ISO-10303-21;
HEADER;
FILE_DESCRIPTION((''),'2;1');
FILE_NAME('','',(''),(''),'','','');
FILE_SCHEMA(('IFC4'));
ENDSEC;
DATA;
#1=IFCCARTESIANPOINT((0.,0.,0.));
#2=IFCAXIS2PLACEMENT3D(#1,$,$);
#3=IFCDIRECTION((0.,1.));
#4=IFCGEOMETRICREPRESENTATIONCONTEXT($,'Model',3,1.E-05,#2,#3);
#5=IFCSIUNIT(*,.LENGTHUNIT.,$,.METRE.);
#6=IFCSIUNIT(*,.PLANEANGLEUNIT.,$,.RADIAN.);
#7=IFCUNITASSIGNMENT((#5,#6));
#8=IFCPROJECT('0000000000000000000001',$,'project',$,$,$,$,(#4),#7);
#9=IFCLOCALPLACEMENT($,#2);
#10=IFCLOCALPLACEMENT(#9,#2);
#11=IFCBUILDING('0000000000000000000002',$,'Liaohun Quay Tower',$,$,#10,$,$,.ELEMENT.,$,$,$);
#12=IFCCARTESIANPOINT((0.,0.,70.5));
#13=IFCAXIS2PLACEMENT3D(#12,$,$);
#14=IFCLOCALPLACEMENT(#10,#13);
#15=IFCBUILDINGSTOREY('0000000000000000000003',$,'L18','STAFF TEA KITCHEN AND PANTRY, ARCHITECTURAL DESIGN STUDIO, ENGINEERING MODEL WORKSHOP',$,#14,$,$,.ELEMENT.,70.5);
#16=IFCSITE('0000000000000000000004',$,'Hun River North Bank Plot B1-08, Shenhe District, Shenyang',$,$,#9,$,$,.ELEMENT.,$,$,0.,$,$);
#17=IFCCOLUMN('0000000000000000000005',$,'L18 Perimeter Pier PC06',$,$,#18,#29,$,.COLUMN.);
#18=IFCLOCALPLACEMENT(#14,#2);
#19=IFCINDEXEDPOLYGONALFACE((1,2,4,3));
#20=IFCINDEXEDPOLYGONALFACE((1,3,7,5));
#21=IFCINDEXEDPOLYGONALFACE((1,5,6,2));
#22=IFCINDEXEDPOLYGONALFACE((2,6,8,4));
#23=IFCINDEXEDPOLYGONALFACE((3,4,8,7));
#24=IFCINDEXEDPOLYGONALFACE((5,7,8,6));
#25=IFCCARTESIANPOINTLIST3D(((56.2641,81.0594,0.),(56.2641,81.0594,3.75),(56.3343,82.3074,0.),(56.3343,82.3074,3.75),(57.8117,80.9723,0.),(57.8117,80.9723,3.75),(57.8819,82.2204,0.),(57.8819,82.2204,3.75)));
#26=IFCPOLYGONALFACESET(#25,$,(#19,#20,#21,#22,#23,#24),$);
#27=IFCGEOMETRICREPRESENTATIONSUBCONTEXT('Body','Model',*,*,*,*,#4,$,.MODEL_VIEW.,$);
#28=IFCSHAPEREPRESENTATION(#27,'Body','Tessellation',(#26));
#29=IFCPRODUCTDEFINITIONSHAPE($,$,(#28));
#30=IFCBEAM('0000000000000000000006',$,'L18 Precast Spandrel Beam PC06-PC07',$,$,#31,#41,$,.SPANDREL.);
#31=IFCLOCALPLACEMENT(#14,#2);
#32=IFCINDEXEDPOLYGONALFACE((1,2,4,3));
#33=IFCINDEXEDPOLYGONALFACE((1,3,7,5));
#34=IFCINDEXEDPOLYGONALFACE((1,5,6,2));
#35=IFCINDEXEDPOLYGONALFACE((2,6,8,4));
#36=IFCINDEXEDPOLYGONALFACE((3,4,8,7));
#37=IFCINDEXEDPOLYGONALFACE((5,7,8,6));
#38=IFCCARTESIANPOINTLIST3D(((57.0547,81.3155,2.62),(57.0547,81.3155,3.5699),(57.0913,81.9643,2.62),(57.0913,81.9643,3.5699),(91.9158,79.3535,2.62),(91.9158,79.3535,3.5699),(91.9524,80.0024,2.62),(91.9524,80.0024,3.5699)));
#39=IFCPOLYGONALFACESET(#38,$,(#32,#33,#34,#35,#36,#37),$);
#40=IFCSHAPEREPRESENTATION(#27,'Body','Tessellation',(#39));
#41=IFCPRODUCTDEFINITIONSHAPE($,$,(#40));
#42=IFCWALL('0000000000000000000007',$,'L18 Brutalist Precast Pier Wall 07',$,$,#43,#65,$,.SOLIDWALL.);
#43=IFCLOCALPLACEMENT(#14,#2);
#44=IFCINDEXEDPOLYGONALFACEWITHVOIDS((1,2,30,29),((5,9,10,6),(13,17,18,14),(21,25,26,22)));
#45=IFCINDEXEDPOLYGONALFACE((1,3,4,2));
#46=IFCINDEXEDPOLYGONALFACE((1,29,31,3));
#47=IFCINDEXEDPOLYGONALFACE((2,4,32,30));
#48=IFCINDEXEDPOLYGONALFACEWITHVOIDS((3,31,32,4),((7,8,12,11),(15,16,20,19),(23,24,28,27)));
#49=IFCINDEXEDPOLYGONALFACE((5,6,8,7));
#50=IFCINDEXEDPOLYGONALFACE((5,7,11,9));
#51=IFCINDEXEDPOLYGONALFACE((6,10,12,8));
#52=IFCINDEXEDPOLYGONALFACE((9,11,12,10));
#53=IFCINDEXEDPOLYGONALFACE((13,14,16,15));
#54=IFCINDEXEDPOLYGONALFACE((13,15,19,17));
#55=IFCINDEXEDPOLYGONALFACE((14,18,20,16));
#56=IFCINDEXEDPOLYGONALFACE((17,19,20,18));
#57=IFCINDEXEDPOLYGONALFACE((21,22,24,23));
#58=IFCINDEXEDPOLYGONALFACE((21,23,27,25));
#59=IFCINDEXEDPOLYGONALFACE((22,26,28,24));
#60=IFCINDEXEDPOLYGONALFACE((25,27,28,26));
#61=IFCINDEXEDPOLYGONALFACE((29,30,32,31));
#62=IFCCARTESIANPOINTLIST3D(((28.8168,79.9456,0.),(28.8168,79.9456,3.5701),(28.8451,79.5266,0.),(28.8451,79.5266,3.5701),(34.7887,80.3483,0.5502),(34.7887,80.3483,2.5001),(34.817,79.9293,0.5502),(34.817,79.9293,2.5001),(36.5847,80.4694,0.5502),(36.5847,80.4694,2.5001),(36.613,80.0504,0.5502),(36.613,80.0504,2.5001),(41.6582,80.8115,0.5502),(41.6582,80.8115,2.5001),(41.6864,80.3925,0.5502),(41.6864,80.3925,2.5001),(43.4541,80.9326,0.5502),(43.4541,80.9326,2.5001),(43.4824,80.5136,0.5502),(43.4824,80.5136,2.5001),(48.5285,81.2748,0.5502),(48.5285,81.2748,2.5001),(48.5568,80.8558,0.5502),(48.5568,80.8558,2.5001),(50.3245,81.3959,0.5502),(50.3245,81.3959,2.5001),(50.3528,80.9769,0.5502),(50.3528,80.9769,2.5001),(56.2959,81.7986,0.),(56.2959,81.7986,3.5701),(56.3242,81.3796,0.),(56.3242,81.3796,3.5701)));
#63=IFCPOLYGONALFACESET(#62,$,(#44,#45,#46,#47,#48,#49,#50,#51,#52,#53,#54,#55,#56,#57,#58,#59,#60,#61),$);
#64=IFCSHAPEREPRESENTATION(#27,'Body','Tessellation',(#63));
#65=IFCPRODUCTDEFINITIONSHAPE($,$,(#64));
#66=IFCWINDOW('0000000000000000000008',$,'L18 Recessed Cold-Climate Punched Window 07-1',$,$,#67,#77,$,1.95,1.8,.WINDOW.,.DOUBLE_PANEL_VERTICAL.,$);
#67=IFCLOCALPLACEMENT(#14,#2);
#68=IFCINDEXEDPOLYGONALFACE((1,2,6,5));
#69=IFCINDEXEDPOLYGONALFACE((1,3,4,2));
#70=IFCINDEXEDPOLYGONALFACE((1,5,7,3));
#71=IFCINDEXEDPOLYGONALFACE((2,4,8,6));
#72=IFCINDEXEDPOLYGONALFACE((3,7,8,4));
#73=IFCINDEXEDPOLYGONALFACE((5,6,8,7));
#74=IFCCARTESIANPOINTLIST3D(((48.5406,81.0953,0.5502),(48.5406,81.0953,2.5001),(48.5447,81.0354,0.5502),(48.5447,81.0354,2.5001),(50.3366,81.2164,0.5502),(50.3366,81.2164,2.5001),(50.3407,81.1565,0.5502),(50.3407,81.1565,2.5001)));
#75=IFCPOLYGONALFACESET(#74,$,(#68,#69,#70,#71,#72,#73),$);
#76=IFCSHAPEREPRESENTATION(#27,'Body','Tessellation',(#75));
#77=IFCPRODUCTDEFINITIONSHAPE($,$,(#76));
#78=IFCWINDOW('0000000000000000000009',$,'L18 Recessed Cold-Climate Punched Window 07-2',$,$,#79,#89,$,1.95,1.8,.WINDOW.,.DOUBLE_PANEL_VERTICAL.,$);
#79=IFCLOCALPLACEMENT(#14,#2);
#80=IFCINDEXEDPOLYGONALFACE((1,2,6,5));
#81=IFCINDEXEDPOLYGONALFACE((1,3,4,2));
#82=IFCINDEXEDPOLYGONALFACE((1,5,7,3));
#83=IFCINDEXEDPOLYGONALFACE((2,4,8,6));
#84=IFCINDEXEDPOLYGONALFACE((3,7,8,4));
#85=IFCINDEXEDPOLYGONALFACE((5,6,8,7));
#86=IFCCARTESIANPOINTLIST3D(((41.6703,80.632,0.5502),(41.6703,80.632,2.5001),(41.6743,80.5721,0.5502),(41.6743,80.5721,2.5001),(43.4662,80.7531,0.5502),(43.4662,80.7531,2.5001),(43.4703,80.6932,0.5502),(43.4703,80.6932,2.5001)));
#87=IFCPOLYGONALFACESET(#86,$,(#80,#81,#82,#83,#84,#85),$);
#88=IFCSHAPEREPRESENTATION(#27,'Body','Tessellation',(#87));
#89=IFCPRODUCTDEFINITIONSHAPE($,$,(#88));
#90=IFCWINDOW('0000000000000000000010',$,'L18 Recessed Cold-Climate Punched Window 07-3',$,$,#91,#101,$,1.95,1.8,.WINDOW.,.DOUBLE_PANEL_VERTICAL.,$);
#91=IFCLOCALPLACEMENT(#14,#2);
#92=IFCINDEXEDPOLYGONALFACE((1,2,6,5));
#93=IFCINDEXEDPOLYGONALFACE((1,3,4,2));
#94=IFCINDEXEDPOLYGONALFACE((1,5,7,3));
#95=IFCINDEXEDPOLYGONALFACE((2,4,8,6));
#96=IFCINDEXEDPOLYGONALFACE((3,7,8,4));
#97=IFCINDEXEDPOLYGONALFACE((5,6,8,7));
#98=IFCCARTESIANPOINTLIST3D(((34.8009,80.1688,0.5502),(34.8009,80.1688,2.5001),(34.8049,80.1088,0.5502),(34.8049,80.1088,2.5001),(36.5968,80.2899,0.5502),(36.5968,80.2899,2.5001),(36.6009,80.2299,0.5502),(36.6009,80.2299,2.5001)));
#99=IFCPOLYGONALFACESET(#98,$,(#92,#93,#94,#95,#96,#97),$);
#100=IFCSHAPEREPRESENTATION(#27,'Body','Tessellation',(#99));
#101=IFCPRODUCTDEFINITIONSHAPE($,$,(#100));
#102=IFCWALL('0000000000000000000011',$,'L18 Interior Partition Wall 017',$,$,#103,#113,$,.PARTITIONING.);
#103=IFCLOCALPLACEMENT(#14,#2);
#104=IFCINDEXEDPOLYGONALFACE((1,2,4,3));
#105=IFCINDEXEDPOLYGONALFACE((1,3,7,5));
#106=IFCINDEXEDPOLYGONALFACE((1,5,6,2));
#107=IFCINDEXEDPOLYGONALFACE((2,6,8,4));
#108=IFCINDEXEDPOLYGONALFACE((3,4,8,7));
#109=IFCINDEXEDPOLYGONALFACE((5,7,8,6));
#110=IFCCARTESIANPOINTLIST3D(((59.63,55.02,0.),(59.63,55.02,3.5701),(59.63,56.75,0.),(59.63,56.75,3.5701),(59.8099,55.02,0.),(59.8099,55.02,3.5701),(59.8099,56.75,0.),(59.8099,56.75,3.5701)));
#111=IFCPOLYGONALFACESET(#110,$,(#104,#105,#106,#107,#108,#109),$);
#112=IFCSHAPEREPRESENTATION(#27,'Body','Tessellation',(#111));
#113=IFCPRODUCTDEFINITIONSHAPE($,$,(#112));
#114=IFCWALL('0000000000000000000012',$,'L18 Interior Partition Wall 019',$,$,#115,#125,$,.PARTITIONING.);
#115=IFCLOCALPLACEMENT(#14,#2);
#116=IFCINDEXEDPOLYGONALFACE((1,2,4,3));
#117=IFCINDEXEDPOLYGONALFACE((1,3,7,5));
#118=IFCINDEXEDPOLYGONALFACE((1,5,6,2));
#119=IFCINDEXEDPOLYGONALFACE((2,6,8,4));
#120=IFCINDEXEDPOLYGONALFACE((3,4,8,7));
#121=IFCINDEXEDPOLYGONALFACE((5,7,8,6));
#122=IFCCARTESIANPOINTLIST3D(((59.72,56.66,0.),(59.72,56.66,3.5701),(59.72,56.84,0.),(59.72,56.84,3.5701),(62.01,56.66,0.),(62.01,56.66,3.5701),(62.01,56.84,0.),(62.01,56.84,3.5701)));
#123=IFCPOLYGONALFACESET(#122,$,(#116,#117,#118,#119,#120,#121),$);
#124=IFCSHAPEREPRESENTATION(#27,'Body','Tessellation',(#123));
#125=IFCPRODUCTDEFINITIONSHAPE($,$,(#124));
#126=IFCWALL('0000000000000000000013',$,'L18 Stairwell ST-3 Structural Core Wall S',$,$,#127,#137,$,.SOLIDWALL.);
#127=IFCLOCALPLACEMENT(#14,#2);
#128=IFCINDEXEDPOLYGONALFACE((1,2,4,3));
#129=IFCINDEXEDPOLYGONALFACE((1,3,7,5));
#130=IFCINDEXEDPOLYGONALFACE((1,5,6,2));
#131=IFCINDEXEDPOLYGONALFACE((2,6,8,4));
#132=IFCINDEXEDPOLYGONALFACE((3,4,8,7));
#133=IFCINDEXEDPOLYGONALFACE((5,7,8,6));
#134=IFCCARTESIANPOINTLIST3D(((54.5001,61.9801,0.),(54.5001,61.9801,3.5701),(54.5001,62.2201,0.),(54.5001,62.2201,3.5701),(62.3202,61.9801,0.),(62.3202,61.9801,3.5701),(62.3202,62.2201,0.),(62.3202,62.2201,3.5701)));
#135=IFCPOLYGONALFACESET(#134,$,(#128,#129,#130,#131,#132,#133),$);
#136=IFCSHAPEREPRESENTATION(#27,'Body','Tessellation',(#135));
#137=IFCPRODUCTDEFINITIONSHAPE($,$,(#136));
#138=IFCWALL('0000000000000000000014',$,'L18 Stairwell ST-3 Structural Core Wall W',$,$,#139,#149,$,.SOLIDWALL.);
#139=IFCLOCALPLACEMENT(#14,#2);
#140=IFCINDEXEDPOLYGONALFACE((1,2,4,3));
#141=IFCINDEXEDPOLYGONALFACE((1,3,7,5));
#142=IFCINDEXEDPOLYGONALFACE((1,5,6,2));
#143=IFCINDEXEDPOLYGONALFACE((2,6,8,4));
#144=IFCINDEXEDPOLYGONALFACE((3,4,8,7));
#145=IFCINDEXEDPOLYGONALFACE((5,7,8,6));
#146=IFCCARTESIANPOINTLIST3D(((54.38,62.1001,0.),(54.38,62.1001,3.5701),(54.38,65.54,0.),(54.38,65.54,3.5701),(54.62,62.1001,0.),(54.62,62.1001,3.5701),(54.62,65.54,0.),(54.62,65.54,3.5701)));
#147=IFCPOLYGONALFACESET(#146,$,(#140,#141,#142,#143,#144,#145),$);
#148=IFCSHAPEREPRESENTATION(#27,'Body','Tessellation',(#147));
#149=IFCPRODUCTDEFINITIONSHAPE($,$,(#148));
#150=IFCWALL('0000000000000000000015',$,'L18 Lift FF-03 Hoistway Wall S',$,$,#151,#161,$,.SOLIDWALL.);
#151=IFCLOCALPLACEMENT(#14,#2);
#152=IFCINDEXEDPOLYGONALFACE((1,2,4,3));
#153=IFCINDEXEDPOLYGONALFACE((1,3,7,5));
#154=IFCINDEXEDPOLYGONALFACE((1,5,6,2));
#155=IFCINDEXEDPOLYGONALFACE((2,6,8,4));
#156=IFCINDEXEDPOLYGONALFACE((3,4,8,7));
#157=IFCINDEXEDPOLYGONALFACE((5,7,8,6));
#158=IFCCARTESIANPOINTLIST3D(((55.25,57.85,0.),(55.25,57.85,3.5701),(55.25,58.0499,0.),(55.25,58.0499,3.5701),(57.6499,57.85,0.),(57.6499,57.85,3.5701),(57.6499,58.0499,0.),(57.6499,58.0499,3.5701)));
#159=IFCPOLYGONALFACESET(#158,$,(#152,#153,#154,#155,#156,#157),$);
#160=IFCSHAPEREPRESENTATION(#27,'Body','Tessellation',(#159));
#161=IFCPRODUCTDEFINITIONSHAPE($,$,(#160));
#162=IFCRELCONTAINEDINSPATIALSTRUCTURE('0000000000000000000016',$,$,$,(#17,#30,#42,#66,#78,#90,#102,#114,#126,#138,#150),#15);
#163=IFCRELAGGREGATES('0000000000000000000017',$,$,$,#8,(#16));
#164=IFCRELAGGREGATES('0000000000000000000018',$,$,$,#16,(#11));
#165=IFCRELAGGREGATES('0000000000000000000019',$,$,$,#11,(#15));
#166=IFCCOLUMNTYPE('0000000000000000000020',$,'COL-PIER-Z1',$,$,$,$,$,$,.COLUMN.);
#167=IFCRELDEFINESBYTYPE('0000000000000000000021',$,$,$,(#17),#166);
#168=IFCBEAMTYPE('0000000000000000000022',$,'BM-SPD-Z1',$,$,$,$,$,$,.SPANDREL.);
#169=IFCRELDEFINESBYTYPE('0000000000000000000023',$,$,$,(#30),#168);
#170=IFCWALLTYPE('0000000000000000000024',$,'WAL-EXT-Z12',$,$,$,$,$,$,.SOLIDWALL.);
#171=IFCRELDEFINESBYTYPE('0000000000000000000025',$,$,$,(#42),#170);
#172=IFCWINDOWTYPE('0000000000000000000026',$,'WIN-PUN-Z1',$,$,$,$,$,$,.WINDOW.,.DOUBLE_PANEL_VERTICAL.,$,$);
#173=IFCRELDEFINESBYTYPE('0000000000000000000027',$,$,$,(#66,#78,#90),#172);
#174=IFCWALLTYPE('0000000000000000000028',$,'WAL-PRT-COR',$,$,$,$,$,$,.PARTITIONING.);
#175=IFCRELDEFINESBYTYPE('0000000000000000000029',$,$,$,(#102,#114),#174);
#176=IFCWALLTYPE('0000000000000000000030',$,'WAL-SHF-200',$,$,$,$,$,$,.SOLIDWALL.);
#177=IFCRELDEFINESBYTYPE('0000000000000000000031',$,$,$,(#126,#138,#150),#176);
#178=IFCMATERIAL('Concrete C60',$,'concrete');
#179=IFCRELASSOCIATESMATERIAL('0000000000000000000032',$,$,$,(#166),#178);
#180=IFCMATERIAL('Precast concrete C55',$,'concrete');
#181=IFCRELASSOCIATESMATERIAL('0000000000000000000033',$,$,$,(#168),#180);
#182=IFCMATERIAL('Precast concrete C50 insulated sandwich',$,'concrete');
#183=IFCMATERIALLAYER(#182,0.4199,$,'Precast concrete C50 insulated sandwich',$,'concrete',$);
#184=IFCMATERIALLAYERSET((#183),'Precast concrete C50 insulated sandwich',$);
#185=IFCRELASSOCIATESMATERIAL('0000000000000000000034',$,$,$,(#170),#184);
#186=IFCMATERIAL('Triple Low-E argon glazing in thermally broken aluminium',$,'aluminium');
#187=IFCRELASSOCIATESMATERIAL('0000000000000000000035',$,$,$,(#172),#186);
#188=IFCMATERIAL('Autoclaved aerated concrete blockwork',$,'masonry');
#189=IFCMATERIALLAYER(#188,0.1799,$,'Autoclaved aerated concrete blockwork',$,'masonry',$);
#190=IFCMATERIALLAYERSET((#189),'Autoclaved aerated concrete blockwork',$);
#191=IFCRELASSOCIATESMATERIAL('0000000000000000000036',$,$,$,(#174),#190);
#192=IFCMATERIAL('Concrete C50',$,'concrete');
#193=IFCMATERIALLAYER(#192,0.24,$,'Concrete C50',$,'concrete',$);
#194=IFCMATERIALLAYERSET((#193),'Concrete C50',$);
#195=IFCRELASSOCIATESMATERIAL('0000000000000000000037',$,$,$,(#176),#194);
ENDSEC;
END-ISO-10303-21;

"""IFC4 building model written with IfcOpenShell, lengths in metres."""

from ifc_helpers import new_model, si_unit, direction, frame, frame_2d, origin, origin_2d, place, context, subcontext, project, spatial, rectangle, extrude, source, transform, mapped, material, layer, layer_set, material_profile, profile_set, type_object, element, fill, save


model = new_model("IFC4")

# Units and contexts
model_context = context("Model", 3, precision=1e-05, world=origin(), true_north=direction((0.0, 1.0)))
body_context = subcontext(model_context, "Body", "Model", "MODEL_VIEW")
ifc_project = project(units=[si_unit("LENGTHUNIT", "METRE"), si_unit("PLANEANGLEUNIT", "RADIAN")], contexts=[model_context])

# Site, building, storey
site_placement = place(None, origin())
site = spatial("IfcSite", under=ifc_project, at=site_placement, Name="Hun River North Bank Plot B1-08, Shenhe District, Shenyang", CompositionType="ELEMENT", RefElevation=0.0)
building_placement = place(site_placement, origin())
building = spatial("IfcBuilding", under=site, at=building_placement, Name="Liaohun Quay Tower", CompositionType="ELEMENT")
storey_placement = place(building_placement, frame((0.0, 0.0, 70.5)))
storey = spatial("IfcBuildingStorey", under=building, at=storey_placement, Name="L18", Description="STAFF TEA KITCHEN AND PANTRY, ARCHITECTURAL DESIGN STUDIO, ENGINEERING MODEL WORKSHOP", CompositionType="ELEMENT", Elevation=70.5)

# Column
ifc_material_1 = material(Name="Concrete C60", Category="concrete")
ifc_material_profile_1 = material_profile(ifc_material_1, rectangle(XDim=1.55, YDim=1.25, at=origin_2d()), Name="RC1550x1250")
ifc_profile_set_1 = profile_set([ifc_material_profile_1], Name="Concrete C60")
column_type = type_object("IfcColumnType", Name="COL-PIER-Z1", PredefinedType="COLUMN", material=ifc_profile_set_1)
shared_shape_1 = source(origin(), body_context, "Body", "SweptSolid", [
    extrude(rectangle(XDim=1.55, YDim=1.25, at=origin_2d()), origin(), (0.0, 0.0, 1.0), 3.75),
])
column_placement = place(storey_placement, frame((57.073, 81.6399, 0.0), z_axis=(0.0, 0.0, 1.0), x_axis=(-0.998421, 0.05617, 0.0)))
element("IfcColumn", 1, at=column_placement, inside=storey, type_object=column_type, Name="L18 Perimeter Pier PC06", PredefinedType="COLUMN", context=body_context, shape_type="MappedRepresentation", body=[
    mapped(shared_shape_1, transform((0.0, 0.0, 0.0), x_axis=(1.0, 0.0, 0.0), y_axis=(0.0, 1.0, 0.0), z_axis=(0.0, 0.0, 1.0), scale=1.0)),
])

# Beam
ifc_material_2 = material(Name="Precast concrete C55", Category="concrete")
ifc_material_profile_2 = material_profile(ifc_material_2, rectangle(XDim=0.6499, YDim=0.95, at=origin_2d()), Name="RC650x950")
ifc_profile_set_2 = profile_set([ifc_material_profile_2], Name="Precast concrete C55")
beam_type = type_object("IfcBeamType", Name="BM-SPD-Z1", PredefinedType="SPANDREL", material=ifc_profile_set_2)
shared_shape_2 = source(origin(), body_context, "Body", "SweptSolid", [
    extrude(rectangle(XDim=0.6499, YDim=0.95, at=origin_2d()), origin(), (0.0, 0.0, 1.0), 34.9163),
])
beam_placement = place(storey_placement, frame((57.073, 81.6399, 3.095), z_axis=(0.99842, -0.056189, 0.0), x_axis=(0.056189, 0.99842, 0.0)))
element("IfcBeam", 2, at=beam_placement, inside=storey, type_object=beam_type, Name="L18 Precast Spandrel Beam PC06-PC07", PredefinedType="SPANDREL", context=body_context, shape_type="MappedRepresentation", body=[
    mapped(shared_shape_2, transform((0.0, 0.0, 0.0), x_axis=(1.0, 0.0, 0.0), y_axis=(0.0, 1.0, 0.0), z_axis=(0.0, 0.0, 1.0), scale=1.0)),
])

# Wall, openings, windows
ifc_material_3 = material(Name="Precast concrete C50 insulated sandwich", Category="concrete")
ifc_layer_1 = layer(ifc_material_3, 0.4199, Name="Precast concrete C50 insulated sandwich", Category="concrete")
ifc_layer_set_1 = layer_set([ifc_layer_1], Name="Precast concrete C50 insulated sandwich")
wall_type_1 = type_object("IfcWallType", Name="WAL-EXT-Z12", PredefinedType="SOLIDWALL", material=ifc_layer_set_1)
wall_1_placement = place(storey_placement, frame((56.3101, 81.5891, 0.0), z_axis=(0.0, 0.0, 1.0), x_axis=(-0.997734, -0.067281, 0.0)))
wall_1 = element("IfcWall", 3, at=wall_1_placement, inside=storey, type_object=wall_type_1, Name="L18 Brutalist Precast Pier Wall 07", PredefinedType="SOLIDWALL", context=body_context, shape_type="SweptSolid", body=[
    extrude(rectangle(XDim=27.5415, YDim=0.4199, at=frame_2d((13.7708, 0.0))), origin(), (0.0, 0.0, 1.0), 3.5701),
])
shared_shape_3 = source(origin(), body_context, "Body", "SweptSolid", [
    extrude(rectangle(XDim=1.8, YDim=1.95, at=frame_2d((0.8999, 0.9751))), frame((0.0, 0.22, 0.0), z_axis=(0.0, -1.0, 0.0), x_axis=(1.0, 0.0, 0.0)), (0.0, 0.0, 1.0), 0.4399),
])
opening_1_placement = place(wall_1_placement, frame((5.9851, 0.0, 0.55)))
opening_1 = element("IfcOpeningElement", 4, at=opening_1_placement, cuts=wall_1, PredefinedType="OPENING", context=body_context, shape_type="MappedRepresentation", body=[
    mapped(shared_shape_3, transform((0.0, 0.0, 0.0), x_axis=(1.0, 0.0, 0.0), y_axis=(0.0, 1.0, 0.0), z_axis=(0.0, 0.0, 1.0), scale=1.0)),
])
opening_2_placement = place(wall_1_placement, frame((12.8711, 0.0, 0.55)))
opening_2 = element("IfcOpeningElement", 5, at=opening_2_placement, cuts=wall_1, PredefinedType="OPENING", context=body_context, shape_type="MappedRepresentation", body=[
    mapped(shared_shape_3, transform((0.0, 0.0, 0.0), x_axis=(1.0, 0.0, 0.0), y_axis=(0.0, 1.0, 0.0), z_axis=(0.0, 0.0, 1.0), scale=1.0)),
])
opening_3_placement = place(wall_1_placement, frame((19.7561, 0.0, 0.55)))
opening_3 = element("IfcOpeningElement", 6, at=opening_3_placement, cuts=wall_1, PredefinedType="OPENING", context=body_context, shape_type="MappedRepresentation", body=[
    mapped(shared_shape_3, transform((0.0, 0.0, 0.0), x_axis=(1.0, 0.0, 0.0), y_axis=(0.0, 1.0, 0.0), z_axis=(0.0, 0.0, 1.0), scale=1.0)),
])
ifc_material_4 = material(Name="Triple Low-E argon glazing in thermally broken aluminium", Category="aluminium")
window_type = type_object("IfcWindowType", Name="WIN-PUN-Z1", PartitioningType="DOUBLE_PANEL_VERTICAL", PredefinedType="WINDOW", material=ifc_material_4)
shared_shape_4 = source(origin(), body_context, "Body", "SweptSolid", [
    extrude(rectangle(XDim=1.8, YDim=1.95, at=frame_2d((0.8999, 0.9751))), frame((0.0, 0.03, 0.0), z_axis=(0.0, -1.0, 0.0), x_axis=(1.0, 0.0, 0.0)), (0.0, 0.0, 1.0), 0.0601),
])
window_1_placement = place(opening_1_placement, origin())
window_1 = element("IfcWindow", 7, at=window_1_placement, inside=storey, type_object=window_type, Name="L18 Recessed Cold-Climate Punched Window 07-1", OverallHeight=1.95, OverallWidth=1.8, PartitioningType="DOUBLE_PANEL_VERTICAL", PredefinedType="WINDOW", context=body_context, shape_type="MappedRepresentation", body=[
    mapped(shared_shape_4, transform((0.0, 0.0, 0.0), x_axis=(1.0, 0.0, 0.0), y_axis=(0.0, 1.0, 0.0), z_axis=(0.0, 0.0, 1.0), scale=1.0)),
])
fill(opening_1, window_1)
window_2_placement = place(opening_2_placement, origin())
window_2 = element("IfcWindow", 8, at=window_2_placement, inside=storey, type_object=window_type, Name="L18 Recessed Cold-Climate Punched Window 07-2", OverallHeight=1.95, OverallWidth=1.8, PartitioningType="DOUBLE_PANEL_VERTICAL", PredefinedType="WINDOW", context=body_context, shape_type="MappedRepresentation", body=[
    mapped(shared_shape_4, transform((0.0, 0.0, 0.0), x_axis=(1.0, 0.0, 0.0), y_axis=(0.0, 1.0, 0.0), z_axis=(0.0, 0.0, 1.0), scale=1.0)),
])
fill(opening_2, window_2)
window_3_placement = place(opening_3_placement, origin())
window_3 = element("IfcWindow", 9, at=window_3_placement, inside=storey, type_object=window_type, Name="L18 Recessed Cold-Climate Punched Window 07-3", OverallHeight=1.95, OverallWidth=1.8, PartitioningType="DOUBLE_PANEL_VERTICAL", PredefinedType="WINDOW", context=body_context, shape_type="MappedRepresentation", body=[
    mapped(shared_shape_4, transform((0.0, 0.0, 0.0), x_axis=(1.0, 0.0, 0.0), y_axis=(0.0, 1.0, 0.0), z_axis=(0.0, 0.0, 1.0), scale=1.0)),
])
fill(opening_3, window_3)

# Walls
ifc_material_5 = material(Name="Autoclaved aerated concrete blockwork", Category="masonry")
ifc_layer_2 = layer(ifc_material_5, 0.1799, Name="Autoclaved aerated concrete blockwork", Category="masonry")
ifc_layer_set_2 = layer_set([ifc_layer_2], Name="Autoclaved aerated concrete blockwork")
wall_type_2 = type_object("IfcWallType", Name="WAL-PRT-COR", PredefinedType="PARTITIONING", material=ifc_layer_set_2)
wall_2_placement = place(storey_placement, frame((59.72, 55.02, 0.0), z_axis=(0.0, 0.0, 1.0), x_axis=(0.0, 1.0, 0.0)))
element("IfcWall", 10, at=wall_2_placement, inside=storey, type_object=wall_type_2, Name="L18 Interior Partition Wall 017", PredefinedType="PARTITIONING", context=body_context, shape_type="SweptSolid", body=[
    extrude(rectangle(XDim=1.73, YDim=0.1799, at=frame_2d((0.865, 0.0))), origin(), (0.0, 0.0, 1.0), 3.5701),
])
wall_3_placement = place(storey_placement, frame((59.72, 56.75, 0.0), z_axis=(0.0, 0.0, 1.0), x_axis=(1.0, 0.0, 0.0)))
element("IfcWall", 11, at=wall_3_placement, inside=storey, type_object=wall_type_2, Name="L18 Interior Partition Wall 019", PredefinedType="PARTITIONING", context=body_context, shape_type="SweptSolid", body=[
    extrude(rectangle(XDim=2.29, YDim=0.1799, at=frame_2d((1.145, 0.0))), origin(), (0.0, 0.0, 1.0), 3.5701),
])
ifc_material_6 = material(Name="Concrete C50", Category="concrete")
ifc_layer_3 = layer(ifc_material_6, 0.24, Name="Concrete C50", Category="concrete")
ifc_layer_set_3 = layer_set([ifc_layer_3], Name="Concrete C50")
wall_type_3 = type_object("IfcWallType", Name="WAL-SHF-200", PredefinedType="SOLIDWALL", material=ifc_layer_set_3)
wall_4_placement = place(storey_placement, frame((54.5, 62.1001, 0.0), z_axis=(0.0, 0.0, 1.0), x_axis=(1.0, 0.0, 0.0)))
element("IfcWall", 12, at=wall_4_placement, inside=storey, type_object=wall_type_3, Name="L18 Stairwell ST-3 Structural Core Wall S", PredefinedType="SOLIDWALL", context=body_context, shape_type="SweptSolid", body=[
    extrude(rectangle(XDim=7.8201, YDim=0.24, at=frame_2d((3.9102, 0.0))), origin(), (0.0, 0.0, 1.0), 3.5701),
])
wall_5_placement = place(storey_placement, frame((54.5, 65.54, 0.0), z_axis=(0.0, 0.0, 1.0), x_axis=(0.0, -1.0, 0.0)))
element("IfcWall", 13, at=wall_5_placement, inside=storey, type_object=wall_type_3, Name="L18 Stairwell ST-3 Structural Core Wall W", PredefinedType="SOLIDWALL", context=body_context, shape_type="SweptSolid", body=[
    extrude(rectangle(XDim=3.4399, YDim=0.24, at=frame_2d((1.72, 0.0))), origin(), (0.0, 0.0, 1.0), 3.5701),
])
wall_6_placement = place(storey_placement, frame((55.25, 57.95, 0.0), z_axis=(0.0, 0.0, 1.0), x_axis=(1.0, 0.0, 0.0)))
element("IfcWall", 14, at=wall_6_placement, inside=storey, type_object=wall_type_3, Name="L18 Lift FF-03 Hoistway Wall S", PredefinedType="SOLIDWALL", context=body_context, shape_type="SweptSolid", body=[
    extrude(rectangle(XDim=2.3999, YDim=0.2, at=frame_2d((1.2, 0.0))), origin(), (0.0, 0.0, 1.0), 3.5701),
])

save(model, "model.ifc")
